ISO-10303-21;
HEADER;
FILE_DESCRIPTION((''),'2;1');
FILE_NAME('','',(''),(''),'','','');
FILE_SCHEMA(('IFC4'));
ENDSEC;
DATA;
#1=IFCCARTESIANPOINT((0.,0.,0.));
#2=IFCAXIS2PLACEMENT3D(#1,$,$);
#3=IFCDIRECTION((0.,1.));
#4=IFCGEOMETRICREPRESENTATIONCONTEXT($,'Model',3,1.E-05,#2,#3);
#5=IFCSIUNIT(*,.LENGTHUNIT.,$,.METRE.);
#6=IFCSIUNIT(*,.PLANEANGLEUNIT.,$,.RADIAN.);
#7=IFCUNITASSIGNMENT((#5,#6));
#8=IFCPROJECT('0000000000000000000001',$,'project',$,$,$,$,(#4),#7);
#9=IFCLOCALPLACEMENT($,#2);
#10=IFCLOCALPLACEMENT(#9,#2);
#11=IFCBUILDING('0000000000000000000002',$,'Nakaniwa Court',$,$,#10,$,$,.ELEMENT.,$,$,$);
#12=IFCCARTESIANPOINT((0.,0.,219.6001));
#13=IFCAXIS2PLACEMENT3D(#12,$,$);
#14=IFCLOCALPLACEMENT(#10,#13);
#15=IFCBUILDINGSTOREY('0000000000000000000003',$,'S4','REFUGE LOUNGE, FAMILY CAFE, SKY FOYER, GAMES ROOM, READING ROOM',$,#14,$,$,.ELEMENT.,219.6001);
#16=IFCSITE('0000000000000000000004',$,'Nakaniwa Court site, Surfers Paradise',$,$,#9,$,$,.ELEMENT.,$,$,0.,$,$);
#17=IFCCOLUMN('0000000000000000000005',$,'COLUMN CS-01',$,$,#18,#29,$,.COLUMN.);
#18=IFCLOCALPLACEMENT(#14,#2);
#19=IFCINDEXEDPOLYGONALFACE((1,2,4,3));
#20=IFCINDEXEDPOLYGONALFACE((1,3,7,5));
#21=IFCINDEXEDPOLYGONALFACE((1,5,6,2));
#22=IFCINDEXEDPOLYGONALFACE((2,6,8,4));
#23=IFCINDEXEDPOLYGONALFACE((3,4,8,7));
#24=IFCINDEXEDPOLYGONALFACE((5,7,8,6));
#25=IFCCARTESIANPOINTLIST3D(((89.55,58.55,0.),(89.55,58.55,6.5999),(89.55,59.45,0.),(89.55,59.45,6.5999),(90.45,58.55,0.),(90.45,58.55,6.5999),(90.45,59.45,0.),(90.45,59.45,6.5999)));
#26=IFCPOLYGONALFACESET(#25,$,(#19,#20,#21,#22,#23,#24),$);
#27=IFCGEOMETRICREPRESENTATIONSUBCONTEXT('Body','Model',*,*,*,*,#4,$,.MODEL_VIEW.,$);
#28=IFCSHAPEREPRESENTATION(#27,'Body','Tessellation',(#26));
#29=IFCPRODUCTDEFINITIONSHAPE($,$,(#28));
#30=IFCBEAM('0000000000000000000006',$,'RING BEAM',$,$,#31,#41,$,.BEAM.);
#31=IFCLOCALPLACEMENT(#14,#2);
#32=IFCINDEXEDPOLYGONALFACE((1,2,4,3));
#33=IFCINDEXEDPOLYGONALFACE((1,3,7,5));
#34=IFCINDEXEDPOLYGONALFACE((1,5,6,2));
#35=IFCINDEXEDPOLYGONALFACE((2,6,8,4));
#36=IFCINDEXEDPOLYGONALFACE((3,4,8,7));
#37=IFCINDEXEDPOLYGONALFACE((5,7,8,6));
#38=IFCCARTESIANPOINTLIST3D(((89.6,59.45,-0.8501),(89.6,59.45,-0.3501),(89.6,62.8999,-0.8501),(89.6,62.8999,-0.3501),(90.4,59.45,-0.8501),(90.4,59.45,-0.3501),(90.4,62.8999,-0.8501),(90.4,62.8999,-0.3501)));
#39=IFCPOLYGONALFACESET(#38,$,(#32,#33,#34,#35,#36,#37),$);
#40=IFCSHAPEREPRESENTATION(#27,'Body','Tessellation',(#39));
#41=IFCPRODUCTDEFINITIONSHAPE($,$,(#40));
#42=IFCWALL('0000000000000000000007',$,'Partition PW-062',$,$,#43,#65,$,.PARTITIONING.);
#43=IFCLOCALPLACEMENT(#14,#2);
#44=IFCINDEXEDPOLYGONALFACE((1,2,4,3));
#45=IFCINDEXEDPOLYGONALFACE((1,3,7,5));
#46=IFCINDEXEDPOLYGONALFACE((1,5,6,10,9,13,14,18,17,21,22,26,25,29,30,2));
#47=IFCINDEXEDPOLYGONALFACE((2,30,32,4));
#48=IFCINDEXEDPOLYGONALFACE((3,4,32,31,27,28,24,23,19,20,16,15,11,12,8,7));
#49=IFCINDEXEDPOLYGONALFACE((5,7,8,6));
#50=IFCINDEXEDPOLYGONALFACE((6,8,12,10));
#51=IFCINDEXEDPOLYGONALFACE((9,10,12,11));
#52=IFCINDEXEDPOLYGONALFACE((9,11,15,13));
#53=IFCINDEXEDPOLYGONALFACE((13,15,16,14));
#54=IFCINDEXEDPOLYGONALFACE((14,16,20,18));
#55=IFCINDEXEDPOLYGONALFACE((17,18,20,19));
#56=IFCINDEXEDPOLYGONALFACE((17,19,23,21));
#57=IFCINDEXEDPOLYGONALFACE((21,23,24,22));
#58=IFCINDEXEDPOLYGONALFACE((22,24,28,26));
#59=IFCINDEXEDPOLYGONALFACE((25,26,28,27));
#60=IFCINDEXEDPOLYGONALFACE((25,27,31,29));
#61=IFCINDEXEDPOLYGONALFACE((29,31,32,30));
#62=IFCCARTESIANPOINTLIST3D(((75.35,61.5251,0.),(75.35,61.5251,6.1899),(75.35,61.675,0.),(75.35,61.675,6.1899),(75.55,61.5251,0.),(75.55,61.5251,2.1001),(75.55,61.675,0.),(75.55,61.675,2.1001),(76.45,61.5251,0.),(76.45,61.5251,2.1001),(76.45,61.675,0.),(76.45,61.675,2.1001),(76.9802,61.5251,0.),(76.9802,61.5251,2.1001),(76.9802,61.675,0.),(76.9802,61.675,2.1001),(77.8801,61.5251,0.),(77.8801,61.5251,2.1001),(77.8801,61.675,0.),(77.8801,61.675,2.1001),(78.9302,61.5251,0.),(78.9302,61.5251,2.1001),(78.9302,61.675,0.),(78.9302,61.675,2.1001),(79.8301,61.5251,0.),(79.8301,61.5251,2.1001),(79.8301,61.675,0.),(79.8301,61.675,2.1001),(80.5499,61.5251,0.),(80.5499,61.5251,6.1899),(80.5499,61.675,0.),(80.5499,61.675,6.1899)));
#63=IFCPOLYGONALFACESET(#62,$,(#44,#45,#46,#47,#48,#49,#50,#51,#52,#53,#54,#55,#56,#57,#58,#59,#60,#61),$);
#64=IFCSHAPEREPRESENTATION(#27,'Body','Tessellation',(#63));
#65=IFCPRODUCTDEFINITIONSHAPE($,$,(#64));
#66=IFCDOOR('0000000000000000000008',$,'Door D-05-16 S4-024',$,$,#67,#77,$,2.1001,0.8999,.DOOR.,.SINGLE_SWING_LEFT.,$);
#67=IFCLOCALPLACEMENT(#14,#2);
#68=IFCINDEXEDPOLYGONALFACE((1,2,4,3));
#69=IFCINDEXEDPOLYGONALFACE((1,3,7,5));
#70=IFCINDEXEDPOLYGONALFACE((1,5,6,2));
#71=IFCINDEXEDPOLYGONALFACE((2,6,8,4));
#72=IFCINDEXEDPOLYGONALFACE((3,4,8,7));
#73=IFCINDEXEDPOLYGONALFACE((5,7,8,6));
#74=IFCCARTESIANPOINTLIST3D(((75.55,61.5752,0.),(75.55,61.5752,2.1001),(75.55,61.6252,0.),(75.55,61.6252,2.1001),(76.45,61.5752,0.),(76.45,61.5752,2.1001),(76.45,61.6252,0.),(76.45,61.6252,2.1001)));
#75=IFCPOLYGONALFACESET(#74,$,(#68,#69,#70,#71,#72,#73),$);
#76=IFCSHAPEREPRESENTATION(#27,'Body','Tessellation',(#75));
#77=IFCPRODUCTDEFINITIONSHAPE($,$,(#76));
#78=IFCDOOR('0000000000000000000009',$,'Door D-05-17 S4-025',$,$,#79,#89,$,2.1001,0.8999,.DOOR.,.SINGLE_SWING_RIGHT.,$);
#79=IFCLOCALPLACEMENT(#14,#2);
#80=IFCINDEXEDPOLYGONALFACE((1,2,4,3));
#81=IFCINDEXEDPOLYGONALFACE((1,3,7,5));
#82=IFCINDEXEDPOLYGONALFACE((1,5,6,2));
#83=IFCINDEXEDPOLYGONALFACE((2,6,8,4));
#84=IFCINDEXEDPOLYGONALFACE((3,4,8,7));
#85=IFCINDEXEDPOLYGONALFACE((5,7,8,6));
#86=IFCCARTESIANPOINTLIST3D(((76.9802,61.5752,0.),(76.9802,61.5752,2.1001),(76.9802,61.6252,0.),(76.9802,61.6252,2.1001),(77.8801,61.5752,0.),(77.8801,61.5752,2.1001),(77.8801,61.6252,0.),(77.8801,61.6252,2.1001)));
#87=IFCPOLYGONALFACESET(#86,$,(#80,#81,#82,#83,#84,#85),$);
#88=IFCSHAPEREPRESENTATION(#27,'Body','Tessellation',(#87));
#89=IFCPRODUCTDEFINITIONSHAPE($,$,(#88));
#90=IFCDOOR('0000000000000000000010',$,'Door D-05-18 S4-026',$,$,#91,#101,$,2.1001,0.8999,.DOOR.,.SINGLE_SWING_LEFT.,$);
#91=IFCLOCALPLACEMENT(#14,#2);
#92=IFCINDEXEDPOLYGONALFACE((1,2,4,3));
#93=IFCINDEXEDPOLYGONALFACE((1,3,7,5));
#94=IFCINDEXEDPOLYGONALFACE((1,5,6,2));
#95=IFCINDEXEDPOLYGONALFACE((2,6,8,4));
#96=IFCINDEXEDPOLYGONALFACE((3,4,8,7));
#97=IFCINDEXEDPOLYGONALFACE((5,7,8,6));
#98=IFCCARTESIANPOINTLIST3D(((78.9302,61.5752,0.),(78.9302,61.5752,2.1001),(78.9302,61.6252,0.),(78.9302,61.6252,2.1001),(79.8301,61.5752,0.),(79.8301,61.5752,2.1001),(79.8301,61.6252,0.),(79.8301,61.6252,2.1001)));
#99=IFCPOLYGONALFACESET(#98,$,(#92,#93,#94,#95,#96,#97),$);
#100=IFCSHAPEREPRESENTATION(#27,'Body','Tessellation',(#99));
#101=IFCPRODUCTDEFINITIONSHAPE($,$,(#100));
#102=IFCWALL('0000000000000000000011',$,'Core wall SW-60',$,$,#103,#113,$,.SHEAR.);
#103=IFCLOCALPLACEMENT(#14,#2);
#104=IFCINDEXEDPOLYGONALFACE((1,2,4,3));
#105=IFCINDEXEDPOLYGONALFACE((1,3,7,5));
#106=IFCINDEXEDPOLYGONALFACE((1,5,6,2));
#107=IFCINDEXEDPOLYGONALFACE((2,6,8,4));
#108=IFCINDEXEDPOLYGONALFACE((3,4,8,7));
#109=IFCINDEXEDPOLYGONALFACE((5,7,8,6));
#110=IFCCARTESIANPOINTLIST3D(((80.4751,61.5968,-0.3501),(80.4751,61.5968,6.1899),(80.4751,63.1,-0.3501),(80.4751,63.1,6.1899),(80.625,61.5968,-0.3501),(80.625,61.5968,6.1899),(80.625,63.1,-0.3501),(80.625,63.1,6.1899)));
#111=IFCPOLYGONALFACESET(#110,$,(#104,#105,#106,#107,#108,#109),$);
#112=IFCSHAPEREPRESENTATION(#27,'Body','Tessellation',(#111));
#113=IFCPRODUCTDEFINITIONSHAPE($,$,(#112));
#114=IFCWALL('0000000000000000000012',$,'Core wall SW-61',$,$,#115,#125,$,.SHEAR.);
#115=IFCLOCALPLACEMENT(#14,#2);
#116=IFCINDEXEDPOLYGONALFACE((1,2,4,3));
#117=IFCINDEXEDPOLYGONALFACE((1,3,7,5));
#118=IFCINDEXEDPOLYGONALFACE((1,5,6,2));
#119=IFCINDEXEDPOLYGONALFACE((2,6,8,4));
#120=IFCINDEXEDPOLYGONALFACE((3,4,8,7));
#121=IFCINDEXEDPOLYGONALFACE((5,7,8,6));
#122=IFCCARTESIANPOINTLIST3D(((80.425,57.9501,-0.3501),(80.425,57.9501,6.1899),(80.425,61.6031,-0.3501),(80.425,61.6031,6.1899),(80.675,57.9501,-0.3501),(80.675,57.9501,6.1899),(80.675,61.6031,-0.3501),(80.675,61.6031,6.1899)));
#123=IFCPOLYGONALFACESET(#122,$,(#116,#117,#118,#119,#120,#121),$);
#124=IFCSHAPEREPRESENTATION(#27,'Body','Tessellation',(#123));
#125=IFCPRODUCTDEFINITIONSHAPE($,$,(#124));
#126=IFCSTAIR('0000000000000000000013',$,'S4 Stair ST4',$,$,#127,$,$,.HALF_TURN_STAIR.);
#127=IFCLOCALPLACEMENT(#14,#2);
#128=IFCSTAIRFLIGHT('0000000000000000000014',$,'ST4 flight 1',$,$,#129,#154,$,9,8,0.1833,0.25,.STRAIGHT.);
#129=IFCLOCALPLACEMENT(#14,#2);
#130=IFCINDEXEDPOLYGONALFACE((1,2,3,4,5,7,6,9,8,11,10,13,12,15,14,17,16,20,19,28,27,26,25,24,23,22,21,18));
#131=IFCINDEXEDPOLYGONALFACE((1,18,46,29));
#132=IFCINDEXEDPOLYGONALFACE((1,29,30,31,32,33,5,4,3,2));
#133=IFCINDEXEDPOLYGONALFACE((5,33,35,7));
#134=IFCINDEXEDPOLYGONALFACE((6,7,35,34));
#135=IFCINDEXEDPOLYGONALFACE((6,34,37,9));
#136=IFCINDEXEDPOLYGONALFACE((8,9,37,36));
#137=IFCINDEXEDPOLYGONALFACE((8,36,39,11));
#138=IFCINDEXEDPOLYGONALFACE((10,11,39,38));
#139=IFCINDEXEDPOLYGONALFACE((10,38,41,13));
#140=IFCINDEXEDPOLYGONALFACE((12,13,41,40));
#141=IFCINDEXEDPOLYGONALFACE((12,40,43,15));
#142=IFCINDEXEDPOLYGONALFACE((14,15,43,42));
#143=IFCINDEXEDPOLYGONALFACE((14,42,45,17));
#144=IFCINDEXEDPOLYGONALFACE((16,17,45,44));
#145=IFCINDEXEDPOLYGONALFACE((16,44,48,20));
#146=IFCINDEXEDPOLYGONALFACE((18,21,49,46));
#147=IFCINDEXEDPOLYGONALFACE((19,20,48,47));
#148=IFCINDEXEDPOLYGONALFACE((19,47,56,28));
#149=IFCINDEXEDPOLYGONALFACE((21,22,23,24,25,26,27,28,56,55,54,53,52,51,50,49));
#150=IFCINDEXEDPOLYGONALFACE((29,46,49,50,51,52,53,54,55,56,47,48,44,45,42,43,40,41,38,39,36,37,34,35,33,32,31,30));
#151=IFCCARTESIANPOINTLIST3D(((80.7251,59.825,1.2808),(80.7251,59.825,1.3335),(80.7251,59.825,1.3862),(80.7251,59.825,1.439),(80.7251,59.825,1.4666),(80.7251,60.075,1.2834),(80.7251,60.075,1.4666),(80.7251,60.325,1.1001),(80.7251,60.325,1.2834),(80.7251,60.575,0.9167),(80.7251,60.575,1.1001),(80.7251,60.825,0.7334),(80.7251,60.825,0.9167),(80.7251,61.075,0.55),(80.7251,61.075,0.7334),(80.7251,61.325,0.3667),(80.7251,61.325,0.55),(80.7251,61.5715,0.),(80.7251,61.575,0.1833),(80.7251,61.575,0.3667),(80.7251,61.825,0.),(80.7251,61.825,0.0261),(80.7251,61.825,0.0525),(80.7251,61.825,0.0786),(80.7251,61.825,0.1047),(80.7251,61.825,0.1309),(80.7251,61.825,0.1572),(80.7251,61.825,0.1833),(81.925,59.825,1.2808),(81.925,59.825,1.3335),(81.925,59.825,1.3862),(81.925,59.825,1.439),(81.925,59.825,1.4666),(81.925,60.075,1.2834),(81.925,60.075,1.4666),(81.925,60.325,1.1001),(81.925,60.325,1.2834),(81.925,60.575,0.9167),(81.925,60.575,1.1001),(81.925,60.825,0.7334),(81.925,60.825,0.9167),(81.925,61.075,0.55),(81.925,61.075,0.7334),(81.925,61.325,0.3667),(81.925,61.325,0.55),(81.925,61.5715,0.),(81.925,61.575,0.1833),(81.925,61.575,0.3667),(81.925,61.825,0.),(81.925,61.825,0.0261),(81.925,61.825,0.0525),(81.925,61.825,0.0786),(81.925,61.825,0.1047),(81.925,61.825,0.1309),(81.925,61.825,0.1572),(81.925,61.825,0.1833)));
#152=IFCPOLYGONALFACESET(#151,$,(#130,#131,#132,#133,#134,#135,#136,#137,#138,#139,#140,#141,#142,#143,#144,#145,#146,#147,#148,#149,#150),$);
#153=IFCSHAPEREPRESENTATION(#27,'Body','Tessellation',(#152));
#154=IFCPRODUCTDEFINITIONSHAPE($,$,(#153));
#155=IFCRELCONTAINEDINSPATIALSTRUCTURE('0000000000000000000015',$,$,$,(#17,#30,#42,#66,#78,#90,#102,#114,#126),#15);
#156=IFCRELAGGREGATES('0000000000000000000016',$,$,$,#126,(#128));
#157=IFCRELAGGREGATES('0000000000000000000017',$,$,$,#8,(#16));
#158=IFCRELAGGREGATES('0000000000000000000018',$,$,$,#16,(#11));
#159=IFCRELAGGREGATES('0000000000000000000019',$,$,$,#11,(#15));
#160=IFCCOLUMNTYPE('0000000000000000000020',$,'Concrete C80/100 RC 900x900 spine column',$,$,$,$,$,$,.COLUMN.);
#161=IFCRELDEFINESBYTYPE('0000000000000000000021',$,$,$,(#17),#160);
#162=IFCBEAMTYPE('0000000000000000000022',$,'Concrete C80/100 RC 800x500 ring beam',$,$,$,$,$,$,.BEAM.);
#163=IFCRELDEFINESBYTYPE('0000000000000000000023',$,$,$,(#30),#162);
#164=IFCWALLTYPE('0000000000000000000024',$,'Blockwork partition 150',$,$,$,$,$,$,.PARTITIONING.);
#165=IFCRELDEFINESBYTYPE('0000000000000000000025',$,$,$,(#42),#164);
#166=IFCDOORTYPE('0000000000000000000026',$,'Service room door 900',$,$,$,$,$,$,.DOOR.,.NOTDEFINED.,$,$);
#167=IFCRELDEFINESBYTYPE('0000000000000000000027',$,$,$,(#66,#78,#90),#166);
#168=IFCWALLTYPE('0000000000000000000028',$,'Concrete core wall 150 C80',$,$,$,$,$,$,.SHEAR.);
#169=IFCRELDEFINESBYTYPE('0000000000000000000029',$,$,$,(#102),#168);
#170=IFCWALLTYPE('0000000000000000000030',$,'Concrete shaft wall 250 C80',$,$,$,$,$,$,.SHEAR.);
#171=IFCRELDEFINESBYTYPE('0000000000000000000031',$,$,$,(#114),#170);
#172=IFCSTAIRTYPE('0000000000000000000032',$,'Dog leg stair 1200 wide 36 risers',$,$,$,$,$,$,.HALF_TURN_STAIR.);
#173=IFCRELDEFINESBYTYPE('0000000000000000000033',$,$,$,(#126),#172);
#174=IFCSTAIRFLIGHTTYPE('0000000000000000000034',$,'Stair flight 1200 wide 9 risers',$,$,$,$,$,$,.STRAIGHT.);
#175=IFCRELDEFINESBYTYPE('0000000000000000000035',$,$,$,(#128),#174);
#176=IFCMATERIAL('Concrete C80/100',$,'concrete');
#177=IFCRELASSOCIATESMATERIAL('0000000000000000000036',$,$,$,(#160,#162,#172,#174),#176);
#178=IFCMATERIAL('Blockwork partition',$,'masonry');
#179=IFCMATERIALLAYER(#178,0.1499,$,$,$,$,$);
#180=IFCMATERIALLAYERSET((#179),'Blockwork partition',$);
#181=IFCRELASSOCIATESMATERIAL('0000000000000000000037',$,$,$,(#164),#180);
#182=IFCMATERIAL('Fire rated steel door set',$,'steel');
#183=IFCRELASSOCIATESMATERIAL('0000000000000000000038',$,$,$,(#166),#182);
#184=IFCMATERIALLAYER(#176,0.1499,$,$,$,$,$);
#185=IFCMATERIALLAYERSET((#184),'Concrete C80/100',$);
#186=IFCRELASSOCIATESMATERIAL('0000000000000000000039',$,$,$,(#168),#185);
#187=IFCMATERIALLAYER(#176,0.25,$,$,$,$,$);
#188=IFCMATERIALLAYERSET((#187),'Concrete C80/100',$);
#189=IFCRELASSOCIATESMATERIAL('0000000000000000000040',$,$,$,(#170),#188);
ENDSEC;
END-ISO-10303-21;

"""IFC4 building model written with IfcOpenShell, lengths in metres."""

from ifc_helpers import new_model, si_unit, direction, frame, frame_2d, origin, origin_2d, place, context, subcontext, project, spatial, polyline, rectangle, outline, extrude, material, layer, layer_set, material_profile, profile_set, type_object, element, fill, aggregate, save


model = new_model("IFC4")

# Units and contexts
model_context = context("Model", 3, precision=1e-05, world=origin(), true_north=direction((0.0, 1.0)))
body_context = subcontext(model_context, "Body", "Model", "MODEL_VIEW")
ifc_project = project(units=[si_unit("LENGTHUNIT", "METRE"), si_unit("PLANEANGLEUNIT", "RADIAN")], contexts=[model_context])

# Site, building, storey
site_placement = place(None, origin())
site = spatial("IfcSite", under=ifc_project, at=site_placement, Name="Nakaniwa Court site, Surfers Paradise", CompositionType="ELEMENT", RefElevation=0.0)
building_placement = place(site_placement, origin())
building = spatial("IfcBuilding", under=site, at=building_placement, Name="Nakaniwa Court", CompositionType="ELEMENT")
storey_placement = place(building_placement, frame((0.0, 0.0, 219.6001)))
storey = spatial("IfcBuildingStorey", under=building, at=storey_placement, Name="S4", Description="REFUGE LOUNGE, FAMILY CAFE, SKY FOYER, GAMES ROOM, READING ROOM", CompositionType="ELEMENT", Elevation=219.6001)

# Column
ifc_material_1 = material(Name="Concrete C80/100", Category="concrete")
ifc_material_profile_1 = material_profile(ifc_material_1, rectangle(XDim=0.8999, YDim=0.8999, at=origin_2d()), Name="Concrete C80/100 RC 900x900 spine column")
ifc_profile_set_1 = profile_set([ifc_material_profile_1], Name="Concrete C80/100")
column_type = type_object("IfcColumnType", Name="Concrete C80/100 RC 900x900 spine column", PredefinedType="COLUMN", material=ifc_profile_set_1)
column_placement = place(storey_placement, frame((90.0, 59.0, 0.0), z_axis=(0.0, 0.0, 1.0), x_axis=(0.0, 1.0, 0.0)))
element("IfcColumn", 1, at=column_placement, inside=storey, type_object=column_type, Name="COLUMN CS-01", PredefinedType="COLUMN", context=body_context, shape_type="SweptSolid", body=[
    extrude(rectangle(XDim=0.8999, YDim=0.8999, at=origin_2d()), origin(), (0.0, 0.0, 1.0), 6.5999),
])

# Beam
ifc_material_profile_2 = material_profile(ifc_material_1, rectangle(XDim=0.8, YDim=0.5, at=origin_2d()), Name="Concrete C80/100 RC 800x500 ring beam")
ifc_profile_set_2 = profile_set([ifc_material_profile_2], Name="Concrete C80/100")
beam_type = type_object("IfcBeamType", Name="Concrete C80/100 RC 800x500 ring beam", PredefinedType="BEAM", material=ifc_profile_set_2)
beam_placement = place(storey_placement, frame((90.0, 59.45, -0.6001), z_axis=(0.0, 1.0, 0.0), x_axis=(-1.0, 0.0, 0.0)))
element("IfcBeam", 2, at=beam_placement, inside=storey, type_object=beam_type, Name="RING BEAM", PredefinedType="BEAM", context=body_context, shape_type="SweptSolid", body=[
    extrude(rectangle(XDim=0.8, YDim=0.5, at=origin_2d()), origin(), (0.0, 0.0, 1.0), 3.45),
])

# Wall, openings, doors
ifc_material_2 = material(Name="Blockwork partition", Category="masonry")
ifc_layer_1 = layer(ifc_material_2, 0.1499)
ifc_layer_set_1 = layer_set([ifc_layer_1], Name="Blockwork partition")
wall_type_1 = type_object("IfcWallType", Name="Blockwork partition 150", PredefinedType="PARTITIONING", material=ifc_layer_set_1)
wall_1_placement = place(storey_placement, frame((80.55, 61.6001, 0.0), z_axis=(0.0, 0.0, 1.0), x_axis=(-1.0, 0.0, 0.0)))
wall_1 = element("IfcWall", 3, at=wall_1_placement, inside=storey, type_object=wall_type_1, Name="Partition PW-062", PredefinedType="PARTITIONING", context=body_context, shape_type="SweptSolid", body=[
    extrude(rectangle(XDim=5.2, YDim=0.1499, at=frame_2d((2.6001, 0.0))), origin(), (0.0, 0.0, 1.0), 6.1899),
])
opening_1_placement = place(wall_1_placement, frame((4.1001, 0.0, 0.0)))
opening_1 = element("IfcOpeningElement", 4, at=opening_1_placement, cuts=wall_1, PredefinedType="OPENING", context=body_context, shape_type="SweptSolid", body=[
    extrude(rectangle(XDim=0.8999, YDim=2.1001, at=frame_2d((0.45, 1.05))), frame((0.0, 0.085, 0.0), z_axis=(0.0, -1.0, 0.0), x_axis=(1.0, 0.0, 0.0)), (0.0, 0.0, 1.0), 0.1699),
])
opening_2_placement = place(wall_1_placement, frame((2.6699, 0.0, 0.0)))
opening_2 = element("IfcOpeningElement", 5, at=opening_2_placement, cuts=wall_1, PredefinedType="OPENING", context=body_context, shape_type="SweptSolid", body=[
    extrude(rectangle(XDim=0.8999, YDim=2.1001, at=frame_2d((0.45, 1.05))), frame((0.0, 0.085, 0.0), z_axis=(0.0, -1.0, 0.0), x_axis=(1.0, 0.0, 0.0)), (0.0, 0.0, 1.0), 0.1699),
])
opening_3_placement = place(wall_1_placement, frame((0.72, 0.0, 0.0)))
opening_3 = element("IfcOpeningElement", 6, at=opening_3_placement, cuts=wall_1, PredefinedType="OPENING", context=body_context, shape_type="SweptSolid", body=[
    extrude(rectangle(XDim=0.8999, YDim=2.1001, at=frame_2d((0.45, 1.05))), frame((0.0, 0.085, 0.0), z_axis=(0.0, -1.0, 0.0), x_axis=(1.0, 0.0, 0.0)), (0.0, 0.0, 1.0), 0.1699),
])
ifc_material_3 = material(Name="Fire rated steel door set", Category="steel")
door_type = type_object("IfcDoorType", Name="Service room door 900", OperationType="NOTDEFINED", PredefinedType="DOOR", material=ifc_material_3)
door_1_placement = place(opening_1_placement, origin())
door_1 = element("IfcDoor", 7, at=door_1_placement, inside=storey, type_object=door_type, Name="Door D-05-16 S4-024", OperationType="SINGLE_SWING_LEFT", OverallHeight=2.1001, OverallWidth=0.8999, PredefinedType="DOOR", context=body_context, shape_type="SweptSolid", body=[
    extrude(rectangle(XDim=0.8999, YDim=2.1001, at=frame_2d((0.45, 1.05))), frame((0.0, 0.0249, 0.0), z_axis=(0.0, -1.0, 0.0), x_axis=(1.0, 0.0, 0.0)), (0.0, 0.0, 1.0), 0.05),
])
fill(opening_1, door_1)
door_2_placement = place(opening_2_placement, origin())
door_2 = element("IfcDoor", 8, at=door_2_placement, inside=storey, type_object=door_type, Name="Door D-05-17 S4-025", OperationType="SINGLE_SWING_RIGHT", OverallHeight=2.1001, OverallWidth=0.8999, PredefinedType="DOOR", context=body_context, shape_type="SweptSolid", body=[
    extrude(rectangle(XDim=0.8999, YDim=2.1001, at=frame_2d((0.45, 1.05))), frame((0.0, 0.0249, 0.0), z_axis=(0.0, -1.0, 0.0), x_axis=(1.0, 0.0, 0.0)), (0.0, 0.0, 1.0), 0.05),
])
fill(opening_2, door_2)
door_3_placement = place(opening_3_placement, origin())
door_3 = element("IfcDoor", 9, at=door_3_placement, inside=storey, type_object=door_type, Name="Door D-05-18 S4-026", OperationType="SINGLE_SWING_LEFT", OverallHeight=2.1001, OverallWidth=0.8999, PredefinedType="DOOR", context=body_context, shape_type="SweptSolid", body=[
    extrude(rectangle(XDim=0.8999, YDim=2.1001, at=frame_2d((0.45, 1.05))), frame((0.0, 0.0249, 0.0), z_axis=(0.0, -1.0, 0.0), x_axis=(1.0, 0.0, 0.0)), (0.0, 0.0, 1.0), 0.05),
])
fill(opening_3, door_3)

# Walls
ifc_layer_2 = layer(ifc_material_1, 0.1499)
ifc_layer_set_2 = layer_set([ifc_layer_2], Name="Concrete C80/100")
wall_type_2 = type_object("IfcWallType", Name="Concrete core wall 150 C80", PredefinedType="SHEAR", material=ifc_layer_set_2)
wall_2_placement = place(storey_placement, frame((80.55, 61.5969, -0.3501), z_axis=(0.0, 0.0, 1.0), x_axis=(0.0, 1.0, 0.0)))
element("IfcWall", 10, at=wall_2_placement, inside=storey, type_object=wall_type_2, Name="Core wall SW-60", PredefinedType="SHEAR", context=body_context, shape_type="SweptSolid", body=[
    extrude(rectangle(XDim=1.5032, YDim=0.1499, at=frame_2d((0.7515, 0.0))), origin(), (0.0, 0.0, 1.0), 6.54),
])
ifc_layer_3 = layer(ifc_material_1, 0.25)
ifc_layer_set_3 = layer_set([ifc_layer_3], Name="Concrete C80/100")
wall_type_3 = type_object("IfcWallType", Name="Concrete shaft wall 250 C80", PredefinedType="SHEAR", material=ifc_layer_set_3)
wall_3_placement = place(storey_placement, frame((80.55, 57.95, -0.3501), z_axis=(0.0, 0.0, 1.0), x_axis=(0.0, 1.0, 0.0)))
element("IfcWall", 11, at=wall_3_placement, inside=storey, type_object=wall_type_3, Name="Core wall SW-61", PredefinedType="SHEAR", context=body_context, shape_type="SweptSolid", body=[
    extrude(rectangle(XDim=3.6531, YDim=0.25, at=frame_2d((1.8267, 0.0))), origin(), (0.0, 0.0, 1.0), 6.54),
])

# Stair, stair flight
stair_type = type_object("IfcStairType", Name="Dog leg stair 1200 wide 36 risers", PredefinedType="HALF_TURN_STAIR", material=ifc_material_1)
stair_placement = place(storey_placement, origin())
stair = element("IfcStair", 12, at=stair_placement, inside=storey, type_object=stair_type, Name="S4 Stair ST4", PredefinedType="HALF_TURN_STAIR")
stair_flight_type = type_object("IfcStairFlightType", Name="Stair flight 1200 wide 9 risers", PredefinedType="STRAIGHT", material=ifc_material_1)
stair_flight_1_placement = place(storey_placement, frame((81.325, 61.825, 0.0), z_axis=(0.0, 0.0, 1.0), x_axis=(0.0, -1.0, 0.0)))
stair_flight_1 = element("IfcStairFlight", 13, at=stair_flight_1_placement, type_object=stair_flight_type, Name="ST4 flight 1", NumberOfRisers=9, NumberOfTreads=8, PredefinedType="STRAIGHT", RiserHeight=0.1833, TreadLength=0.25, context=body_context, shape_type="SweptSolid", body=[
    extrude(outline(polyline([(0.0, 0.0), (0.0, 0.0261), (0.0, 0.0525), (0.0, 0.0786), (0.0, 0.1047), (0.0, 0.1309), (0.0, 0.1572), (0.0, 0.1833), (0.25, 0.1833), (0.25, 0.3667), (0.5, 0.3667), (0.5, 0.55), (0.75, 0.55), (0.75, 0.7334), (1.0, 0.7334), (1.0, 0.9167), (1.25, 0.9167), (1.25, 1.1001), (1.5, 1.1001), (1.5, 1.2834), (1.75, 1.2834), (1.75, 1.4666), (2.0, 1.4666), (2.0, 1.6499), (2.0, 1.5972), (2.0, 1.5444), (2.0, 1.4917), (2.0, 1.439), (2.0, 1.3862), (2.0, 1.3335), (2.0, 1.2808), (0.2534, 0.0), (0.0, 0.0)])), frame((0.0, 0.6001, 0.0), z_axis=(0.0, -1.0, 0.0), x_axis=(1.0, 0.0, 0.0)), (0.0, 0.0, 1.0), 1.2),
])
aggregate(stair, [stair_flight_1])

save(model, "model.ifc")
